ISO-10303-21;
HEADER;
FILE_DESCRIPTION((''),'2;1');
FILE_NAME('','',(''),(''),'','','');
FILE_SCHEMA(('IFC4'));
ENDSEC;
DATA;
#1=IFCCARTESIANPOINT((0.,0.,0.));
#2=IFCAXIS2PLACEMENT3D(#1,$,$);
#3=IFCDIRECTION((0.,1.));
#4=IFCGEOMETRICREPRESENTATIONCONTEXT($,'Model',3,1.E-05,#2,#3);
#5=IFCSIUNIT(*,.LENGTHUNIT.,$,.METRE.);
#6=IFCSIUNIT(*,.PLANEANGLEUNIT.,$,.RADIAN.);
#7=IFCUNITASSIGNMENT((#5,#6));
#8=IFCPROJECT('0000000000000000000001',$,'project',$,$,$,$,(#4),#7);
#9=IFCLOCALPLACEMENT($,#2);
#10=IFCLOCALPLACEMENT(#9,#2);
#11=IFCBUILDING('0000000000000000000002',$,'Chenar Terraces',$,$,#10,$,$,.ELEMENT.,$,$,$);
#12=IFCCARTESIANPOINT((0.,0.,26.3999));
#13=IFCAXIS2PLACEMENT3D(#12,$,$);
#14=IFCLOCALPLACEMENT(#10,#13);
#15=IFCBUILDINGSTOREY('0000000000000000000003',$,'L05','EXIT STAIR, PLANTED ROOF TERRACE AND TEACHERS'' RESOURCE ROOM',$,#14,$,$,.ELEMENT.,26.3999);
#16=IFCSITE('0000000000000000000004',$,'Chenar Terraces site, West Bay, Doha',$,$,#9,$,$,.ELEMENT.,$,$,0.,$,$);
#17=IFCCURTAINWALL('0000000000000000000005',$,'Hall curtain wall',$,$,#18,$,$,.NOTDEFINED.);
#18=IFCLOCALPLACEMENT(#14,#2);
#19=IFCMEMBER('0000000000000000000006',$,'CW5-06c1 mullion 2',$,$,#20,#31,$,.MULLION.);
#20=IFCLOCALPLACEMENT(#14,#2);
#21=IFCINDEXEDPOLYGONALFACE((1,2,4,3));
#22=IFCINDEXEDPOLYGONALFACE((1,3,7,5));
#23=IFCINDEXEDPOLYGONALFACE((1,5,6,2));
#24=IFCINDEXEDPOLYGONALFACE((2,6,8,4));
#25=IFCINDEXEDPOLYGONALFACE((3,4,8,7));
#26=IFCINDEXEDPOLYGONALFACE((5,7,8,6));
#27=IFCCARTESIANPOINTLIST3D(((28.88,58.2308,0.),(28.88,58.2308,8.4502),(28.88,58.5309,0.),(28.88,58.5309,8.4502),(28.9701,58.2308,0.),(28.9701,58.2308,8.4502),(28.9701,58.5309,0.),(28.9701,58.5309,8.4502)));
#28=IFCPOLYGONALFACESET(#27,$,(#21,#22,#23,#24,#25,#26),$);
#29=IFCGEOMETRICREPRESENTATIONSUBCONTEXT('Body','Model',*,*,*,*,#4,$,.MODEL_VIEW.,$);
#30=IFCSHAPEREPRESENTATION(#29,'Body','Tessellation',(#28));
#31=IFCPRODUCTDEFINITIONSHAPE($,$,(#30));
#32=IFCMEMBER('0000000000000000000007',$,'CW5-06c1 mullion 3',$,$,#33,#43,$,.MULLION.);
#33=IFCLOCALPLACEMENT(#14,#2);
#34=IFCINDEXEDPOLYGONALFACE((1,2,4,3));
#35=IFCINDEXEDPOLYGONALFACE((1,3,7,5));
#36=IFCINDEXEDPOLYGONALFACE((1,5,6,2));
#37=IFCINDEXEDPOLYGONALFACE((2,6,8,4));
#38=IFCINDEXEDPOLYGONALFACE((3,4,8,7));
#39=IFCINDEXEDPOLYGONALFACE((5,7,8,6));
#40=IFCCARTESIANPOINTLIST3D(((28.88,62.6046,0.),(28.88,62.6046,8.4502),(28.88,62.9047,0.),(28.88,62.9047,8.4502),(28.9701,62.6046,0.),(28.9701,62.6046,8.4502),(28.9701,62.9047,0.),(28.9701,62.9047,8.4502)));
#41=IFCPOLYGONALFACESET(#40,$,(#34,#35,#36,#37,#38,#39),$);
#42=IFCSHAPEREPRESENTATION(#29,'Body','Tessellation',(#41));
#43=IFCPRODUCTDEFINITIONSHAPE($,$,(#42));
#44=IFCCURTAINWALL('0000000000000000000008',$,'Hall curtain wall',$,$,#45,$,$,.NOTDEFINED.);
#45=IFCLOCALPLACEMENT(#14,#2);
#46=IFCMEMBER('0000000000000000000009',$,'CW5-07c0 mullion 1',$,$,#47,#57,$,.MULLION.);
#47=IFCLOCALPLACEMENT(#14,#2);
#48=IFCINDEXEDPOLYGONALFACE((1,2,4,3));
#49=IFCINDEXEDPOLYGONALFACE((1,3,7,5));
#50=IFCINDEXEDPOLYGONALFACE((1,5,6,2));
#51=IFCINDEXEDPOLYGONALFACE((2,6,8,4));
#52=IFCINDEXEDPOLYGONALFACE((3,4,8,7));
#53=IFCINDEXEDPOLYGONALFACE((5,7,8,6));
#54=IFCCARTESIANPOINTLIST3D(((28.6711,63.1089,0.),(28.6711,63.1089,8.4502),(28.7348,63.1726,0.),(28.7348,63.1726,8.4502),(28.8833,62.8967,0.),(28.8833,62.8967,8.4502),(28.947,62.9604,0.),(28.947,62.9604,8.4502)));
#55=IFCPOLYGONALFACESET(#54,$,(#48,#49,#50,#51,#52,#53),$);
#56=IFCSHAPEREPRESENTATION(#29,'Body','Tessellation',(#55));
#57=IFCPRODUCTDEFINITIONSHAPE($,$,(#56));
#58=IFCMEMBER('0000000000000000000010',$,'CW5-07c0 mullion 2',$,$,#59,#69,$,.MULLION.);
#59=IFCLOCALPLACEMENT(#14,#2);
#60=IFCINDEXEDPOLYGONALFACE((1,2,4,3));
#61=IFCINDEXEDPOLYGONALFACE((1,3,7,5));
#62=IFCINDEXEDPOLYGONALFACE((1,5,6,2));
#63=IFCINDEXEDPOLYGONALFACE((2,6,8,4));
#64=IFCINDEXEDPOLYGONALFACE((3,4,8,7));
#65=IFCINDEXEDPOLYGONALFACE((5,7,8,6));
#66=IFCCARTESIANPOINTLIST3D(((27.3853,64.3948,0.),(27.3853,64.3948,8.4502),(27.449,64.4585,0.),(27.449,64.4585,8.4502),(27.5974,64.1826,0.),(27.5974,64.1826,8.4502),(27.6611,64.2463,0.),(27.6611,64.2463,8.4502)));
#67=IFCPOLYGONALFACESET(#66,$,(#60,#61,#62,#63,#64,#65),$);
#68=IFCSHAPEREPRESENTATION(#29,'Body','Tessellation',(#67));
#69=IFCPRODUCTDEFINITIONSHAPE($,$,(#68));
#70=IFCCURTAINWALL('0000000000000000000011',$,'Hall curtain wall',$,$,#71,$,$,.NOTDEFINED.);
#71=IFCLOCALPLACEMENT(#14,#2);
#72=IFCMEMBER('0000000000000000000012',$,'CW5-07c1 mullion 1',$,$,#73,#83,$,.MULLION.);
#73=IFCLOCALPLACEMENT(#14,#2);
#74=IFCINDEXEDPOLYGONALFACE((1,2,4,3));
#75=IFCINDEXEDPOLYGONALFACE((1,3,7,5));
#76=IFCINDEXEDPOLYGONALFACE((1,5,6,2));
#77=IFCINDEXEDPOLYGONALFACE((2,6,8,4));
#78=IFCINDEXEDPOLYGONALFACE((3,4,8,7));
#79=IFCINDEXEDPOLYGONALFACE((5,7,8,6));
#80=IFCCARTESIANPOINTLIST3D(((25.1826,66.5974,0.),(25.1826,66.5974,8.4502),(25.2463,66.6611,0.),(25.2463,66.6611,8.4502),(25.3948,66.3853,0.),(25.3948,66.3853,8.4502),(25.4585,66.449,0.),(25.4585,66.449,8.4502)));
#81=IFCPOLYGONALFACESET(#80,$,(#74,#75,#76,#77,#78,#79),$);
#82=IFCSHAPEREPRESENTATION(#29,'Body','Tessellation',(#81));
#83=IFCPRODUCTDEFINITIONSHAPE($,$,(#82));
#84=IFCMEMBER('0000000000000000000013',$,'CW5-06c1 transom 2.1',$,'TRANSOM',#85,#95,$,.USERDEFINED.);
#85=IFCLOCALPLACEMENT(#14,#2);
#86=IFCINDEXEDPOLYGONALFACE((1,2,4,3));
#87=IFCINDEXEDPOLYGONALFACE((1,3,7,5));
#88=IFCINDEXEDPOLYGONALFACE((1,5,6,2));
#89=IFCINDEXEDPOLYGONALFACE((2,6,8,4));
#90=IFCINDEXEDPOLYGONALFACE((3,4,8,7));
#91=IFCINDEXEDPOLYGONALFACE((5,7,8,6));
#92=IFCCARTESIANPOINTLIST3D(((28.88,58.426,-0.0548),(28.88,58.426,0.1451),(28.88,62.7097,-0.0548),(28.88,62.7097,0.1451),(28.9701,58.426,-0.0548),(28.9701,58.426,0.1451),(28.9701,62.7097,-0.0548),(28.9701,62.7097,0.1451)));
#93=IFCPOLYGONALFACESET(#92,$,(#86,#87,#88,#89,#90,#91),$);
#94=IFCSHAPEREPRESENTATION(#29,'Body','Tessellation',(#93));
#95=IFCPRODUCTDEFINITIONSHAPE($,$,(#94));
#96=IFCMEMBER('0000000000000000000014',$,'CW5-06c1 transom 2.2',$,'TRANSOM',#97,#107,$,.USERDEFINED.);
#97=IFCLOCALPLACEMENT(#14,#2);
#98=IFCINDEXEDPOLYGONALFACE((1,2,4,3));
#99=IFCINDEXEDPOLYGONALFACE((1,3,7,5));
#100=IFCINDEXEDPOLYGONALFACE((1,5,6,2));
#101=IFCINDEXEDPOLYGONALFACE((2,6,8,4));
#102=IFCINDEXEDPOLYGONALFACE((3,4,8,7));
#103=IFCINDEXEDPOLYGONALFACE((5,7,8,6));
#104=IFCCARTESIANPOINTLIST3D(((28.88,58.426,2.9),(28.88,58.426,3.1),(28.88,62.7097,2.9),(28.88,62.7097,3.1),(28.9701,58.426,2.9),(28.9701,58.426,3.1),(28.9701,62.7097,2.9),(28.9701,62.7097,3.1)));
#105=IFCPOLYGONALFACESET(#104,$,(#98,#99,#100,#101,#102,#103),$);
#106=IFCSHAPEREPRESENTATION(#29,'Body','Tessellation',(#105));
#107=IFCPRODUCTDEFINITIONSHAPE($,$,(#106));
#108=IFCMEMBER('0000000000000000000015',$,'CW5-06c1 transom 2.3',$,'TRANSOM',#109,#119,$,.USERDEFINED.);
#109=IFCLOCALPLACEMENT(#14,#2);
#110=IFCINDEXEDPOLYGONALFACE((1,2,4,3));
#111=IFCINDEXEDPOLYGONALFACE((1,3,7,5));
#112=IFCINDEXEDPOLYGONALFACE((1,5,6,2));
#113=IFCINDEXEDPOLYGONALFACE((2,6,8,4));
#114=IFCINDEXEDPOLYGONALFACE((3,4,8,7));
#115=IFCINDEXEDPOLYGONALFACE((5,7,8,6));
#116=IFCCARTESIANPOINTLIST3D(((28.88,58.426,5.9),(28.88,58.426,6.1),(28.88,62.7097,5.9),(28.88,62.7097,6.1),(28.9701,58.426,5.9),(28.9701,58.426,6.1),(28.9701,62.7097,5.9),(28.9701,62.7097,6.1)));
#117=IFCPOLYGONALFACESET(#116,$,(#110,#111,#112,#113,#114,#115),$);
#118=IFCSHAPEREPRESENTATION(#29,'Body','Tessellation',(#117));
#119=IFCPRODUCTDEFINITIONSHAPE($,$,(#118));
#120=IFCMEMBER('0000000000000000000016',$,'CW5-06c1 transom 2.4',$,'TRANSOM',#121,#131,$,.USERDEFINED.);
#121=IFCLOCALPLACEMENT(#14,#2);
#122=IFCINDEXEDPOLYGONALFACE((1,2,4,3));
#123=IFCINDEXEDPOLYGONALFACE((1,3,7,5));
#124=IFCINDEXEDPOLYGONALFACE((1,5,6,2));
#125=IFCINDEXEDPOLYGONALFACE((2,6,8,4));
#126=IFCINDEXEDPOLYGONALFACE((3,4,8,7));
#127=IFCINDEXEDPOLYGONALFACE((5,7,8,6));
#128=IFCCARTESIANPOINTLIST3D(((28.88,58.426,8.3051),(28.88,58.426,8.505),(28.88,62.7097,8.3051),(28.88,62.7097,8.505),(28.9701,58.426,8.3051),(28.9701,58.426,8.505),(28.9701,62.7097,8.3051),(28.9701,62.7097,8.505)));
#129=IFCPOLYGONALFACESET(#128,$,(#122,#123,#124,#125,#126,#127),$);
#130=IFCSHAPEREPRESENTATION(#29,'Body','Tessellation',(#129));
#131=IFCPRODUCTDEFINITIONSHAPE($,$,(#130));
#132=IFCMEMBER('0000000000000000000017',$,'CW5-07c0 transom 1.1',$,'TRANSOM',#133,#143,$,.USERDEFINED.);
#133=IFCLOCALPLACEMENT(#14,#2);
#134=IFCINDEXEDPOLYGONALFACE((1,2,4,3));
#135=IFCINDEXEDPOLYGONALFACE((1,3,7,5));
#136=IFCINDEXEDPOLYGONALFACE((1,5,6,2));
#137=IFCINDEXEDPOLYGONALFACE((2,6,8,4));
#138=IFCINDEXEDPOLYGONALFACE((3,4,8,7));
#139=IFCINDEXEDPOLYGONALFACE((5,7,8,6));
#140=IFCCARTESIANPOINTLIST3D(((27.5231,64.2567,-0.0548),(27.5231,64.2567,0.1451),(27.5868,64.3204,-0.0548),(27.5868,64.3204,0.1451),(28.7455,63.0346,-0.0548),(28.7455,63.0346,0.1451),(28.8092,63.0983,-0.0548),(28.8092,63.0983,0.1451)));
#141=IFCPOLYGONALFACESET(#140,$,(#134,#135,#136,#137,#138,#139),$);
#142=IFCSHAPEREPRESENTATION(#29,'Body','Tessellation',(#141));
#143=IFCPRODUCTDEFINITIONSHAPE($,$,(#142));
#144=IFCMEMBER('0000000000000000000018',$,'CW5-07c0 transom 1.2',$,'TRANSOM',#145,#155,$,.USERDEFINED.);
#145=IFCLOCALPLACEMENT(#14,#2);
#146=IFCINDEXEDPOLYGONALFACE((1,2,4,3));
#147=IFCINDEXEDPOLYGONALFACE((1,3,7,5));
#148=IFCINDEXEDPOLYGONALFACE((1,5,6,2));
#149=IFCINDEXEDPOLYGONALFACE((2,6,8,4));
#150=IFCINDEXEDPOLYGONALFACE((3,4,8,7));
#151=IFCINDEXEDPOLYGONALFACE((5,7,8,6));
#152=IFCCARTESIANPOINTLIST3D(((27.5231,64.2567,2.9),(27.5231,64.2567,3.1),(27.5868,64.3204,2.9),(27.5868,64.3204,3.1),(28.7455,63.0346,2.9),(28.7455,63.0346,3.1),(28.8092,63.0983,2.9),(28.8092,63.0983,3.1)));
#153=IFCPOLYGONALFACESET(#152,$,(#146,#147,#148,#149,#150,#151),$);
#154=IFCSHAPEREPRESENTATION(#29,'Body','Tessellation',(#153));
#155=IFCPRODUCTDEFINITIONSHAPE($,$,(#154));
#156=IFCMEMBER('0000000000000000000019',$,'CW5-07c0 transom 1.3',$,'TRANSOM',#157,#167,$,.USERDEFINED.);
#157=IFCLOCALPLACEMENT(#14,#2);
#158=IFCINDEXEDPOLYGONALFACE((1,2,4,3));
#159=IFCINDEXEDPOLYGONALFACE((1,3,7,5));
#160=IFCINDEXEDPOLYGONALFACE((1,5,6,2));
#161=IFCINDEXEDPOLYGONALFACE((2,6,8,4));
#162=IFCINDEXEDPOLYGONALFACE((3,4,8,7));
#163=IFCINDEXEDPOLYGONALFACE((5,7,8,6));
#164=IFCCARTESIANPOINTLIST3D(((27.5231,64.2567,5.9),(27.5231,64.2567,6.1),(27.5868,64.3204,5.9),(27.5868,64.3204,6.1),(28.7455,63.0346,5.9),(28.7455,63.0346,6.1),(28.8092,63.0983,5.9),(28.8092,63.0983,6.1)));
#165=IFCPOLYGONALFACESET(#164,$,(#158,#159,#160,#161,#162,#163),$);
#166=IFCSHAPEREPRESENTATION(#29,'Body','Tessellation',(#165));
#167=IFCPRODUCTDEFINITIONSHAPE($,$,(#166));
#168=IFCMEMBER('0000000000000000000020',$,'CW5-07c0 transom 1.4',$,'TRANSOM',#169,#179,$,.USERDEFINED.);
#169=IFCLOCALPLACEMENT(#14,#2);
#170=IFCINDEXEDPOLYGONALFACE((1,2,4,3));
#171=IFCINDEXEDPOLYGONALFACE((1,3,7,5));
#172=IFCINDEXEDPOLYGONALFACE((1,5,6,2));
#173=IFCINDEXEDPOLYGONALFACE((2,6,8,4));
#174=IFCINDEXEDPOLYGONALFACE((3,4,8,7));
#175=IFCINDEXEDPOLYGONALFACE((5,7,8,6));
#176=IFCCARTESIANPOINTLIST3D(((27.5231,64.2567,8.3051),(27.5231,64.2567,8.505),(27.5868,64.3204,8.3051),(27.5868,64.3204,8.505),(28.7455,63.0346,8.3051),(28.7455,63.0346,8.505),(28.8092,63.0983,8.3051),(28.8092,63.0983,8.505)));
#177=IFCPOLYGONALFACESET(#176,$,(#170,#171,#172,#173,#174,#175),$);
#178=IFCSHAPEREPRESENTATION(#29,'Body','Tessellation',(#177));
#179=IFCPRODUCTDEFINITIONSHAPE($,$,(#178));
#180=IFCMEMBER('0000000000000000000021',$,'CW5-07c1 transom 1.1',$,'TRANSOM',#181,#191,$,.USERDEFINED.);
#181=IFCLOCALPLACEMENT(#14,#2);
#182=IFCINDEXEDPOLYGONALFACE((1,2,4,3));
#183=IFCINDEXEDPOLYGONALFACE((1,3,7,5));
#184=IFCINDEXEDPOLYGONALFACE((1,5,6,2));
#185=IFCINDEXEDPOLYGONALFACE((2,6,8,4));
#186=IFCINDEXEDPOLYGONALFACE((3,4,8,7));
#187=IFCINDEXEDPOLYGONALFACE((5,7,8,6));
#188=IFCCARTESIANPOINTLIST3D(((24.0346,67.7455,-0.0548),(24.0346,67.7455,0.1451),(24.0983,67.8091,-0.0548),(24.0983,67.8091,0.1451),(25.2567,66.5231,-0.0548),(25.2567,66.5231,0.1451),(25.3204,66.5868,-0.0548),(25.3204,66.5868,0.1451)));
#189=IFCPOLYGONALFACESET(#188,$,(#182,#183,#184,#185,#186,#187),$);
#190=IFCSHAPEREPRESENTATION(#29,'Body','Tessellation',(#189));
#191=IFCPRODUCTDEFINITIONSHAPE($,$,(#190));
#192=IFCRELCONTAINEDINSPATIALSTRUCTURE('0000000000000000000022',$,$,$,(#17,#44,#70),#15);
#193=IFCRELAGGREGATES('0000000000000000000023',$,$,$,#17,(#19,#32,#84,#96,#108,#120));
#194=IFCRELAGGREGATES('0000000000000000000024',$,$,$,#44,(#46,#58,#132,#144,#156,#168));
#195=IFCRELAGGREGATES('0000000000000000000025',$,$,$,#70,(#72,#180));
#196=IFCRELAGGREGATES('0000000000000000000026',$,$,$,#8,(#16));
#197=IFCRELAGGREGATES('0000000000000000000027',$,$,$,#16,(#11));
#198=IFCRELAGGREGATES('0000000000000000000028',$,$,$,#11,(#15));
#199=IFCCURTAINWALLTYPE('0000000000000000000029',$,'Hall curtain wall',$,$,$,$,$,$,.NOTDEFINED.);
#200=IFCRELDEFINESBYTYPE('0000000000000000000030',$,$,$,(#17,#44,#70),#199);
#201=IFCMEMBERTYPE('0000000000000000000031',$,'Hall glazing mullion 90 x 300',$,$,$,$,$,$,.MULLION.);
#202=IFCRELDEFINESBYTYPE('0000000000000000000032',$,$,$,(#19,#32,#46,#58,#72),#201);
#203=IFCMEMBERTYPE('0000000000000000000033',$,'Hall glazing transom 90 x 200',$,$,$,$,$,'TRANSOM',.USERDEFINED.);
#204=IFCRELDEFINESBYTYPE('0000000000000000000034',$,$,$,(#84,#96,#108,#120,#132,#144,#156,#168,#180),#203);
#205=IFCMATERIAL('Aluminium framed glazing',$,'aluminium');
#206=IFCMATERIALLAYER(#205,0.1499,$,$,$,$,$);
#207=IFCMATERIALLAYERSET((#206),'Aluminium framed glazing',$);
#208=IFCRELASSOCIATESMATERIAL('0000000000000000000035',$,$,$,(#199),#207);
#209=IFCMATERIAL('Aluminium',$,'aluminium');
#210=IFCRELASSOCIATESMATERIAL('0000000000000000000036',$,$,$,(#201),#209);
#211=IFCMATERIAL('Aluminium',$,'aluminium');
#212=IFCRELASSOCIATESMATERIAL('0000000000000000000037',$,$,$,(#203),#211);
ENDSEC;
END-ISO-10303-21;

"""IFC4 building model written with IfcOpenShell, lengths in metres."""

from ifc_helpers import new_model, si_unit, direction, frame, origin, origin_2d, place, context, subcontext, project, spatial, rectangle, extrude, material, layer, layer_set, material_profile, profile_set, type_object, element, aggregate, save


model = new_model("IFC4")

# Units and contexts
model_context = context("Model", 3, precision=1e-05, world=origin(), true_north=direction((0.0, 1.0)))
body_context = subcontext(model_context, "Body", "Model", "MODEL_VIEW")
ifc_project = project(units=[si_unit("LENGTHUNIT", "METRE"), si_unit("PLANEANGLEUNIT", "RADIAN")], contexts=[model_context])

# Site, building, storey
site_placement = place(None, origin())
site = spatial("IfcSite", under=ifc_project, at=site_placement, Name="Chenar Terraces site, West Bay, Doha", CompositionType="ELEMENT", RefElevation=0.0)
building_placement = place(site_placement, origin())
building = spatial("IfcBuilding", under=site, at=building_placement, Name="Chenar Terraces", CompositionType="ELEMENT")
storey_placement = place(building_placement, frame((0.0, 0.0, 26.3999)))
storey = spatial("IfcBuildingStorey", under=building, at=storey_placement, Name="L05", Description="EXIT STAIR, PLANTED ROOF TERRACE AND TEACHERS' RESOURCE ROOM", CompositionType="ELEMENT", Elevation=26.3999)

# Curtain walls, members
ifc_material_1 = material(Name="Aluminium framed glazing", Category="aluminium")
ifc_layer_1 = layer(ifc_material_1, 0.1499)
ifc_layer_set_1 = layer_set([ifc_layer_1], Name="Aluminium framed glazing")
curtain_wall_type = type_object("IfcCurtainWallType", Name="Hall curtain wall", PredefinedType="NOTDEFINED", material=ifc_layer_set_1)
placement = place(storey_placement, origin())
curtain_wall_1 = element("IfcCurtainWall", 1, at=placement, inside=storey, type_object=curtain_wall_type, Name="Hall curtain wall", PredefinedType="NOTDEFINED")
ifc_material_2 = material(Name="Aluminium", Category="aluminium")
ifc_material_profile_1 = material_profile(ifc_material_2, rectangle(XDim=0.0901, YDim=0.3, at=origin_2d()), Name="Hall glazing mullion 90 x 300")
ifc_profile_set_1 = profile_set([ifc_material_profile_1], Name="Aluminium")
member_type_1 = type_object("IfcMemberType", Name="Hall glazing mullion 90 x 300", PredefinedType="MULLION", material=ifc_profile_set_1)
member_1_placement = place(storey_placement, frame((28.925, 58.3809, 0.0), z_axis=(0.0, 0.0, 1.0), x_axis=(-1.0, 0.0, 0.0)))
member_1 = element("IfcMember", 2, at=member_1_placement, type_object=member_type_1, Name="CW5-06c1 mullion 2", PredefinedType="MULLION", context=body_context, shape_type="SweptSolid", body=[
    extrude(rectangle(XDim=0.0901, YDim=0.3, at=origin_2d()), origin(), (0.0, 0.0, 1.0), 8.4502),
])
member_2_placement = place(storey_placement, frame((28.925, 62.7546, 0.0), z_axis=(0.0, 0.0, 1.0), x_axis=(-1.0, 0.0, 0.0)))
member_2 = element("IfcMember", 3, at=member_2_placement, type_object=member_type_1, Name="CW5-06c1 mullion 3", PredefinedType="MULLION", context=body_context, shape_type="SweptSolid", body=[
    extrude(rectangle(XDim=0.0901, YDim=0.3, at=origin_2d()), origin(), (0.0, 0.0, 1.0), 8.4502),
])
curtain_wall_2 = element("IfcCurtainWall", 4, at=placement, inside=storey, type_object=curtain_wall_type, Name="Hall curtain wall", PredefinedType="NOTDEFINED")
member_3_placement = place(storey_placement, frame((28.8091, 63.0347, 0.0), z_axis=(0.0, 0.0, 1.0), x_axis=(-0.707107, -0.707107, 0.0)))
member_3 = element("IfcMember", 5, at=member_3_placement, type_object=member_type_1, Name="CW5-07c0 mullion 1", PredefinedType="MULLION", context=body_context, shape_type="SweptSolid", body=[
    extrude(rectangle(XDim=0.0901, YDim=0.3, at=origin_2d()), origin(), (0.0, 0.0, 1.0), 8.4502),
])
member_4_placement = place(storey_placement, frame((27.5232, 64.3206, 0.0), z_axis=(0.0, 0.0, 1.0), x_axis=(-0.707107, -0.707107, 0.0)))
member_4 = element("IfcMember", 6, at=member_4_placement, type_object=member_type_1, Name="CW5-07c0 mullion 2", PredefinedType="MULLION", context=body_context, shape_type="SweptSolid", body=[
    extrude(rectangle(XDim=0.0901, YDim=0.3, at=origin_2d()), origin(), (0.0, 0.0, 1.0), 8.4502),
])

# Curtain wall, member
curtain_wall_3 = element("IfcCurtainWall", 7, at=placement, inside=storey, type_object=curtain_wall_type, Name="Hall curtain wall", PredefinedType="NOTDEFINED")
member_5_placement = place(storey_placement, frame((25.3206, 66.5232, 0.0), z_axis=(0.0, 0.0, 1.0), x_axis=(-0.707107, -0.707107, 0.0)))
member_5 = element("IfcMember", 8, at=member_5_placement, type_object=member_type_1, Name="CW5-07c1 mullion 1", PredefinedType="MULLION", context=body_context, shape_type="SweptSolid", body=[
    extrude(rectangle(XDim=0.0901, YDim=0.3, at=origin_2d()), origin(), (0.0, 0.0, 1.0), 8.4502),
])

# Members
ifc_material_3 = material(Name="Aluminium", Category="aluminium")
ifc_material_profile_2 = material_profile(ifc_material_3, rectangle(XDim=0.0901, YDim=0.2, at=origin_2d()), Name="Hall glazing transom 90 x 200")
ifc_profile_set_2 = profile_set([ifc_material_profile_2], Name="Aluminium")
member_type_2 = type_object("IfcMemberType", Name="Hall glazing transom 90 x 200", ElementType="TRANSOM", PredefinedType="USERDEFINED", material=ifc_profile_set_2)
member_6_placement = place(storey_placement, frame((28.925, 58.426, 0.0452), z_axis=(0.0, 1.0, 0.0), x_axis=(-1.0, 0.0, 0.0)))
member_6 = element("IfcMember", 9, at=member_6_placement, type_object=member_type_2, Name="CW5-06c1 transom 2.1", ObjectType="TRANSOM", PredefinedType="USERDEFINED", context=body_context, shape_type="SweptSolid", body=[
    extrude(rectangle(XDim=0.0901, YDim=0.2, at=origin_2d()), origin(), (0.0, 0.0, 1.0), 4.2837),
])
member_7_placement = place(storey_placement, frame((28.925, 58.426, 3.0), z_axis=(0.0, 1.0, 0.0), x_axis=(-1.0, 0.0, 0.0)))
member_7 = element("IfcMember", 10, at=member_7_placement, type_object=member_type_2, Name="CW5-06c1 transom 2.2", ObjectType="TRANSOM", PredefinedType="USERDEFINED", context=body_context, shape_type="SweptSolid", body=[
    extrude(rectangle(XDim=0.0901, YDim=0.2, at=origin_2d()), origin(), (0.0, 0.0, 1.0), 4.2837),
])
member_8_placement = place(storey_placement, frame((28.925, 58.426, 6.0), z_axis=(0.0, 1.0, 0.0), x_axis=(-1.0, 0.0, 0.0)))
member_8 = element("IfcMember", 11, at=member_8_placement, type_object=member_type_2, Name="CW5-06c1 transom 2.3", ObjectType="TRANSOM", PredefinedType="USERDEFINED", context=body_context, shape_type="SweptSolid", body=[
    extrude(rectangle(XDim=0.0901, YDim=0.2, at=origin_2d()), origin(), (0.0, 0.0, 1.0), 4.2837),
])
member_9_placement = place(storey_placement, frame((28.925, 58.426, 8.405), z_axis=(0.0, 1.0, 0.0), x_axis=(-1.0, 0.0, 0.0)))
member_9 = element("IfcMember", 12, at=member_9_placement, type_object=member_type_2, Name="CW5-06c1 transom 2.4", ObjectType="TRANSOM", PredefinedType="USERDEFINED", context=body_context, shape_type="SweptSolid", body=[
    extrude(rectangle(XDim=0.0901, YDim=0.2, at=origin_2d()), origin(), (0.0, 0.0, 1.0), 4.2837),
])
member_10_placement = place(storey_placement, frame((28.7773, 63.0664, 0.0452), z_axis=(-0.707177, 0.707036, 0.0), x_axis=(-0.707036, -0.707177, 0.0)))
member_10 = element("IfcMember", 13, at=member_10_placement, type_object=member_type_2, Name="CW5-07c0 transom 1.1", ObjectType="TRANSOM", PredefinedType="USERDEFINED", context=body_context, shape_type="SweptSolid", body=[
    extrude(rectangle(XDim=0.0901, YDim=0.2, at=origin_2d()), origin(), (0.0, 0.0, 1.0), 1.7285),
])
member_11_placement = place(storey_placement, frame((28.7773, 63.0664, 3.0), z_axis=(-0.707177, 0.707036, 0.0), x_axis=(-0.707036, -0.707177, 0.0)))
member_11 = element("IfcMember", 14, at=member_11_placement, type_object=member_type_2, Name="CW5-07c0 transom 1.2", ObjectType="TRANSOM", PredefinedType="USERDEFINED", context=body_context, shape_type="SweptSolid", body=[
    extrude(rectangle(XDim=0.0901, YDim=0.2, at=origin_2d()), origin(), (0.0, 0.0, 1.0), 1.7285),
])
member_12_placement = place(storey_placement, frame((28.7773, 63.0664, 6.0), z_axis=(-0.707177, 0.707036, 0.0), x_axis=(-0.707036, -0.707177, 0.0)))
member_12 = element("IfcMember", 15, at=member_12_placement, type_object=member_type_2, Name="CW5-07c0 transom 1.3", ObjectType="TRANSOM", PredefinedType="USERDEFINED", context=body_context, shape_type="SweptSolid", body=[
    extrude(rectangle(XDim=0.0901, YDim=0.2, at=origin_2d()), origin(), (0.0, 0.0, 1.0), 1.7285),
])
member_13_placement = place(storey_placement, frame((28.7773, 63.0664, 8.405), z_axis=(-0.707177, 0.707036, 0.0), x_axis=(-0.707036, -0.707177, 0.0)))
member_13 = element("IfcMember", 16, at=member_13_placement, type_object=member_type_2, Name="CW5-07c0 transom 1.4", ObjectType="TRANSOM", PredefinedType="USERDEFINED", context=body_context, shape_type="SweptSolid", body=[
    extrude(rectangle(XDim=0.0901, YDim=0.2, at=origin_2d()), origin(), (0.0, 0.0, 1.0), 1.7285),
])
member_14_placement = place(storey_placement, frame((25.2886, 66.5549, 0.0452), z_axis=(-0.707036, 0.707177, 0.0), x_axis=(-0.707177, -0.707036, 0.0)))
member_14 = element("IfcMember", 17, at=member_14_placement, type_object=member_type_2, Name="CW5-07c1 transom 1.1", ObjectType="TRANSOM", PredefinedType="USERDEFINED", context=body_context, shape_type="SweptSolid", body=[
    extrude(rectangle(XDim=0.0901, YDim=0.2, at=origin_2d()), origin(), (0.0, 0.0, 1.0), 1.7285),
])

aggregate(curtain_wall_1, [member_1, member_2, member_6, member_7, member_8, member_9])
aggregate(curtain_wall_2, [member_3, member_4, member_10, member_11, member_12, member_13])
aggregate(curtain_wall_3, [member_5, member_14])

save(model, "model.ifc")
